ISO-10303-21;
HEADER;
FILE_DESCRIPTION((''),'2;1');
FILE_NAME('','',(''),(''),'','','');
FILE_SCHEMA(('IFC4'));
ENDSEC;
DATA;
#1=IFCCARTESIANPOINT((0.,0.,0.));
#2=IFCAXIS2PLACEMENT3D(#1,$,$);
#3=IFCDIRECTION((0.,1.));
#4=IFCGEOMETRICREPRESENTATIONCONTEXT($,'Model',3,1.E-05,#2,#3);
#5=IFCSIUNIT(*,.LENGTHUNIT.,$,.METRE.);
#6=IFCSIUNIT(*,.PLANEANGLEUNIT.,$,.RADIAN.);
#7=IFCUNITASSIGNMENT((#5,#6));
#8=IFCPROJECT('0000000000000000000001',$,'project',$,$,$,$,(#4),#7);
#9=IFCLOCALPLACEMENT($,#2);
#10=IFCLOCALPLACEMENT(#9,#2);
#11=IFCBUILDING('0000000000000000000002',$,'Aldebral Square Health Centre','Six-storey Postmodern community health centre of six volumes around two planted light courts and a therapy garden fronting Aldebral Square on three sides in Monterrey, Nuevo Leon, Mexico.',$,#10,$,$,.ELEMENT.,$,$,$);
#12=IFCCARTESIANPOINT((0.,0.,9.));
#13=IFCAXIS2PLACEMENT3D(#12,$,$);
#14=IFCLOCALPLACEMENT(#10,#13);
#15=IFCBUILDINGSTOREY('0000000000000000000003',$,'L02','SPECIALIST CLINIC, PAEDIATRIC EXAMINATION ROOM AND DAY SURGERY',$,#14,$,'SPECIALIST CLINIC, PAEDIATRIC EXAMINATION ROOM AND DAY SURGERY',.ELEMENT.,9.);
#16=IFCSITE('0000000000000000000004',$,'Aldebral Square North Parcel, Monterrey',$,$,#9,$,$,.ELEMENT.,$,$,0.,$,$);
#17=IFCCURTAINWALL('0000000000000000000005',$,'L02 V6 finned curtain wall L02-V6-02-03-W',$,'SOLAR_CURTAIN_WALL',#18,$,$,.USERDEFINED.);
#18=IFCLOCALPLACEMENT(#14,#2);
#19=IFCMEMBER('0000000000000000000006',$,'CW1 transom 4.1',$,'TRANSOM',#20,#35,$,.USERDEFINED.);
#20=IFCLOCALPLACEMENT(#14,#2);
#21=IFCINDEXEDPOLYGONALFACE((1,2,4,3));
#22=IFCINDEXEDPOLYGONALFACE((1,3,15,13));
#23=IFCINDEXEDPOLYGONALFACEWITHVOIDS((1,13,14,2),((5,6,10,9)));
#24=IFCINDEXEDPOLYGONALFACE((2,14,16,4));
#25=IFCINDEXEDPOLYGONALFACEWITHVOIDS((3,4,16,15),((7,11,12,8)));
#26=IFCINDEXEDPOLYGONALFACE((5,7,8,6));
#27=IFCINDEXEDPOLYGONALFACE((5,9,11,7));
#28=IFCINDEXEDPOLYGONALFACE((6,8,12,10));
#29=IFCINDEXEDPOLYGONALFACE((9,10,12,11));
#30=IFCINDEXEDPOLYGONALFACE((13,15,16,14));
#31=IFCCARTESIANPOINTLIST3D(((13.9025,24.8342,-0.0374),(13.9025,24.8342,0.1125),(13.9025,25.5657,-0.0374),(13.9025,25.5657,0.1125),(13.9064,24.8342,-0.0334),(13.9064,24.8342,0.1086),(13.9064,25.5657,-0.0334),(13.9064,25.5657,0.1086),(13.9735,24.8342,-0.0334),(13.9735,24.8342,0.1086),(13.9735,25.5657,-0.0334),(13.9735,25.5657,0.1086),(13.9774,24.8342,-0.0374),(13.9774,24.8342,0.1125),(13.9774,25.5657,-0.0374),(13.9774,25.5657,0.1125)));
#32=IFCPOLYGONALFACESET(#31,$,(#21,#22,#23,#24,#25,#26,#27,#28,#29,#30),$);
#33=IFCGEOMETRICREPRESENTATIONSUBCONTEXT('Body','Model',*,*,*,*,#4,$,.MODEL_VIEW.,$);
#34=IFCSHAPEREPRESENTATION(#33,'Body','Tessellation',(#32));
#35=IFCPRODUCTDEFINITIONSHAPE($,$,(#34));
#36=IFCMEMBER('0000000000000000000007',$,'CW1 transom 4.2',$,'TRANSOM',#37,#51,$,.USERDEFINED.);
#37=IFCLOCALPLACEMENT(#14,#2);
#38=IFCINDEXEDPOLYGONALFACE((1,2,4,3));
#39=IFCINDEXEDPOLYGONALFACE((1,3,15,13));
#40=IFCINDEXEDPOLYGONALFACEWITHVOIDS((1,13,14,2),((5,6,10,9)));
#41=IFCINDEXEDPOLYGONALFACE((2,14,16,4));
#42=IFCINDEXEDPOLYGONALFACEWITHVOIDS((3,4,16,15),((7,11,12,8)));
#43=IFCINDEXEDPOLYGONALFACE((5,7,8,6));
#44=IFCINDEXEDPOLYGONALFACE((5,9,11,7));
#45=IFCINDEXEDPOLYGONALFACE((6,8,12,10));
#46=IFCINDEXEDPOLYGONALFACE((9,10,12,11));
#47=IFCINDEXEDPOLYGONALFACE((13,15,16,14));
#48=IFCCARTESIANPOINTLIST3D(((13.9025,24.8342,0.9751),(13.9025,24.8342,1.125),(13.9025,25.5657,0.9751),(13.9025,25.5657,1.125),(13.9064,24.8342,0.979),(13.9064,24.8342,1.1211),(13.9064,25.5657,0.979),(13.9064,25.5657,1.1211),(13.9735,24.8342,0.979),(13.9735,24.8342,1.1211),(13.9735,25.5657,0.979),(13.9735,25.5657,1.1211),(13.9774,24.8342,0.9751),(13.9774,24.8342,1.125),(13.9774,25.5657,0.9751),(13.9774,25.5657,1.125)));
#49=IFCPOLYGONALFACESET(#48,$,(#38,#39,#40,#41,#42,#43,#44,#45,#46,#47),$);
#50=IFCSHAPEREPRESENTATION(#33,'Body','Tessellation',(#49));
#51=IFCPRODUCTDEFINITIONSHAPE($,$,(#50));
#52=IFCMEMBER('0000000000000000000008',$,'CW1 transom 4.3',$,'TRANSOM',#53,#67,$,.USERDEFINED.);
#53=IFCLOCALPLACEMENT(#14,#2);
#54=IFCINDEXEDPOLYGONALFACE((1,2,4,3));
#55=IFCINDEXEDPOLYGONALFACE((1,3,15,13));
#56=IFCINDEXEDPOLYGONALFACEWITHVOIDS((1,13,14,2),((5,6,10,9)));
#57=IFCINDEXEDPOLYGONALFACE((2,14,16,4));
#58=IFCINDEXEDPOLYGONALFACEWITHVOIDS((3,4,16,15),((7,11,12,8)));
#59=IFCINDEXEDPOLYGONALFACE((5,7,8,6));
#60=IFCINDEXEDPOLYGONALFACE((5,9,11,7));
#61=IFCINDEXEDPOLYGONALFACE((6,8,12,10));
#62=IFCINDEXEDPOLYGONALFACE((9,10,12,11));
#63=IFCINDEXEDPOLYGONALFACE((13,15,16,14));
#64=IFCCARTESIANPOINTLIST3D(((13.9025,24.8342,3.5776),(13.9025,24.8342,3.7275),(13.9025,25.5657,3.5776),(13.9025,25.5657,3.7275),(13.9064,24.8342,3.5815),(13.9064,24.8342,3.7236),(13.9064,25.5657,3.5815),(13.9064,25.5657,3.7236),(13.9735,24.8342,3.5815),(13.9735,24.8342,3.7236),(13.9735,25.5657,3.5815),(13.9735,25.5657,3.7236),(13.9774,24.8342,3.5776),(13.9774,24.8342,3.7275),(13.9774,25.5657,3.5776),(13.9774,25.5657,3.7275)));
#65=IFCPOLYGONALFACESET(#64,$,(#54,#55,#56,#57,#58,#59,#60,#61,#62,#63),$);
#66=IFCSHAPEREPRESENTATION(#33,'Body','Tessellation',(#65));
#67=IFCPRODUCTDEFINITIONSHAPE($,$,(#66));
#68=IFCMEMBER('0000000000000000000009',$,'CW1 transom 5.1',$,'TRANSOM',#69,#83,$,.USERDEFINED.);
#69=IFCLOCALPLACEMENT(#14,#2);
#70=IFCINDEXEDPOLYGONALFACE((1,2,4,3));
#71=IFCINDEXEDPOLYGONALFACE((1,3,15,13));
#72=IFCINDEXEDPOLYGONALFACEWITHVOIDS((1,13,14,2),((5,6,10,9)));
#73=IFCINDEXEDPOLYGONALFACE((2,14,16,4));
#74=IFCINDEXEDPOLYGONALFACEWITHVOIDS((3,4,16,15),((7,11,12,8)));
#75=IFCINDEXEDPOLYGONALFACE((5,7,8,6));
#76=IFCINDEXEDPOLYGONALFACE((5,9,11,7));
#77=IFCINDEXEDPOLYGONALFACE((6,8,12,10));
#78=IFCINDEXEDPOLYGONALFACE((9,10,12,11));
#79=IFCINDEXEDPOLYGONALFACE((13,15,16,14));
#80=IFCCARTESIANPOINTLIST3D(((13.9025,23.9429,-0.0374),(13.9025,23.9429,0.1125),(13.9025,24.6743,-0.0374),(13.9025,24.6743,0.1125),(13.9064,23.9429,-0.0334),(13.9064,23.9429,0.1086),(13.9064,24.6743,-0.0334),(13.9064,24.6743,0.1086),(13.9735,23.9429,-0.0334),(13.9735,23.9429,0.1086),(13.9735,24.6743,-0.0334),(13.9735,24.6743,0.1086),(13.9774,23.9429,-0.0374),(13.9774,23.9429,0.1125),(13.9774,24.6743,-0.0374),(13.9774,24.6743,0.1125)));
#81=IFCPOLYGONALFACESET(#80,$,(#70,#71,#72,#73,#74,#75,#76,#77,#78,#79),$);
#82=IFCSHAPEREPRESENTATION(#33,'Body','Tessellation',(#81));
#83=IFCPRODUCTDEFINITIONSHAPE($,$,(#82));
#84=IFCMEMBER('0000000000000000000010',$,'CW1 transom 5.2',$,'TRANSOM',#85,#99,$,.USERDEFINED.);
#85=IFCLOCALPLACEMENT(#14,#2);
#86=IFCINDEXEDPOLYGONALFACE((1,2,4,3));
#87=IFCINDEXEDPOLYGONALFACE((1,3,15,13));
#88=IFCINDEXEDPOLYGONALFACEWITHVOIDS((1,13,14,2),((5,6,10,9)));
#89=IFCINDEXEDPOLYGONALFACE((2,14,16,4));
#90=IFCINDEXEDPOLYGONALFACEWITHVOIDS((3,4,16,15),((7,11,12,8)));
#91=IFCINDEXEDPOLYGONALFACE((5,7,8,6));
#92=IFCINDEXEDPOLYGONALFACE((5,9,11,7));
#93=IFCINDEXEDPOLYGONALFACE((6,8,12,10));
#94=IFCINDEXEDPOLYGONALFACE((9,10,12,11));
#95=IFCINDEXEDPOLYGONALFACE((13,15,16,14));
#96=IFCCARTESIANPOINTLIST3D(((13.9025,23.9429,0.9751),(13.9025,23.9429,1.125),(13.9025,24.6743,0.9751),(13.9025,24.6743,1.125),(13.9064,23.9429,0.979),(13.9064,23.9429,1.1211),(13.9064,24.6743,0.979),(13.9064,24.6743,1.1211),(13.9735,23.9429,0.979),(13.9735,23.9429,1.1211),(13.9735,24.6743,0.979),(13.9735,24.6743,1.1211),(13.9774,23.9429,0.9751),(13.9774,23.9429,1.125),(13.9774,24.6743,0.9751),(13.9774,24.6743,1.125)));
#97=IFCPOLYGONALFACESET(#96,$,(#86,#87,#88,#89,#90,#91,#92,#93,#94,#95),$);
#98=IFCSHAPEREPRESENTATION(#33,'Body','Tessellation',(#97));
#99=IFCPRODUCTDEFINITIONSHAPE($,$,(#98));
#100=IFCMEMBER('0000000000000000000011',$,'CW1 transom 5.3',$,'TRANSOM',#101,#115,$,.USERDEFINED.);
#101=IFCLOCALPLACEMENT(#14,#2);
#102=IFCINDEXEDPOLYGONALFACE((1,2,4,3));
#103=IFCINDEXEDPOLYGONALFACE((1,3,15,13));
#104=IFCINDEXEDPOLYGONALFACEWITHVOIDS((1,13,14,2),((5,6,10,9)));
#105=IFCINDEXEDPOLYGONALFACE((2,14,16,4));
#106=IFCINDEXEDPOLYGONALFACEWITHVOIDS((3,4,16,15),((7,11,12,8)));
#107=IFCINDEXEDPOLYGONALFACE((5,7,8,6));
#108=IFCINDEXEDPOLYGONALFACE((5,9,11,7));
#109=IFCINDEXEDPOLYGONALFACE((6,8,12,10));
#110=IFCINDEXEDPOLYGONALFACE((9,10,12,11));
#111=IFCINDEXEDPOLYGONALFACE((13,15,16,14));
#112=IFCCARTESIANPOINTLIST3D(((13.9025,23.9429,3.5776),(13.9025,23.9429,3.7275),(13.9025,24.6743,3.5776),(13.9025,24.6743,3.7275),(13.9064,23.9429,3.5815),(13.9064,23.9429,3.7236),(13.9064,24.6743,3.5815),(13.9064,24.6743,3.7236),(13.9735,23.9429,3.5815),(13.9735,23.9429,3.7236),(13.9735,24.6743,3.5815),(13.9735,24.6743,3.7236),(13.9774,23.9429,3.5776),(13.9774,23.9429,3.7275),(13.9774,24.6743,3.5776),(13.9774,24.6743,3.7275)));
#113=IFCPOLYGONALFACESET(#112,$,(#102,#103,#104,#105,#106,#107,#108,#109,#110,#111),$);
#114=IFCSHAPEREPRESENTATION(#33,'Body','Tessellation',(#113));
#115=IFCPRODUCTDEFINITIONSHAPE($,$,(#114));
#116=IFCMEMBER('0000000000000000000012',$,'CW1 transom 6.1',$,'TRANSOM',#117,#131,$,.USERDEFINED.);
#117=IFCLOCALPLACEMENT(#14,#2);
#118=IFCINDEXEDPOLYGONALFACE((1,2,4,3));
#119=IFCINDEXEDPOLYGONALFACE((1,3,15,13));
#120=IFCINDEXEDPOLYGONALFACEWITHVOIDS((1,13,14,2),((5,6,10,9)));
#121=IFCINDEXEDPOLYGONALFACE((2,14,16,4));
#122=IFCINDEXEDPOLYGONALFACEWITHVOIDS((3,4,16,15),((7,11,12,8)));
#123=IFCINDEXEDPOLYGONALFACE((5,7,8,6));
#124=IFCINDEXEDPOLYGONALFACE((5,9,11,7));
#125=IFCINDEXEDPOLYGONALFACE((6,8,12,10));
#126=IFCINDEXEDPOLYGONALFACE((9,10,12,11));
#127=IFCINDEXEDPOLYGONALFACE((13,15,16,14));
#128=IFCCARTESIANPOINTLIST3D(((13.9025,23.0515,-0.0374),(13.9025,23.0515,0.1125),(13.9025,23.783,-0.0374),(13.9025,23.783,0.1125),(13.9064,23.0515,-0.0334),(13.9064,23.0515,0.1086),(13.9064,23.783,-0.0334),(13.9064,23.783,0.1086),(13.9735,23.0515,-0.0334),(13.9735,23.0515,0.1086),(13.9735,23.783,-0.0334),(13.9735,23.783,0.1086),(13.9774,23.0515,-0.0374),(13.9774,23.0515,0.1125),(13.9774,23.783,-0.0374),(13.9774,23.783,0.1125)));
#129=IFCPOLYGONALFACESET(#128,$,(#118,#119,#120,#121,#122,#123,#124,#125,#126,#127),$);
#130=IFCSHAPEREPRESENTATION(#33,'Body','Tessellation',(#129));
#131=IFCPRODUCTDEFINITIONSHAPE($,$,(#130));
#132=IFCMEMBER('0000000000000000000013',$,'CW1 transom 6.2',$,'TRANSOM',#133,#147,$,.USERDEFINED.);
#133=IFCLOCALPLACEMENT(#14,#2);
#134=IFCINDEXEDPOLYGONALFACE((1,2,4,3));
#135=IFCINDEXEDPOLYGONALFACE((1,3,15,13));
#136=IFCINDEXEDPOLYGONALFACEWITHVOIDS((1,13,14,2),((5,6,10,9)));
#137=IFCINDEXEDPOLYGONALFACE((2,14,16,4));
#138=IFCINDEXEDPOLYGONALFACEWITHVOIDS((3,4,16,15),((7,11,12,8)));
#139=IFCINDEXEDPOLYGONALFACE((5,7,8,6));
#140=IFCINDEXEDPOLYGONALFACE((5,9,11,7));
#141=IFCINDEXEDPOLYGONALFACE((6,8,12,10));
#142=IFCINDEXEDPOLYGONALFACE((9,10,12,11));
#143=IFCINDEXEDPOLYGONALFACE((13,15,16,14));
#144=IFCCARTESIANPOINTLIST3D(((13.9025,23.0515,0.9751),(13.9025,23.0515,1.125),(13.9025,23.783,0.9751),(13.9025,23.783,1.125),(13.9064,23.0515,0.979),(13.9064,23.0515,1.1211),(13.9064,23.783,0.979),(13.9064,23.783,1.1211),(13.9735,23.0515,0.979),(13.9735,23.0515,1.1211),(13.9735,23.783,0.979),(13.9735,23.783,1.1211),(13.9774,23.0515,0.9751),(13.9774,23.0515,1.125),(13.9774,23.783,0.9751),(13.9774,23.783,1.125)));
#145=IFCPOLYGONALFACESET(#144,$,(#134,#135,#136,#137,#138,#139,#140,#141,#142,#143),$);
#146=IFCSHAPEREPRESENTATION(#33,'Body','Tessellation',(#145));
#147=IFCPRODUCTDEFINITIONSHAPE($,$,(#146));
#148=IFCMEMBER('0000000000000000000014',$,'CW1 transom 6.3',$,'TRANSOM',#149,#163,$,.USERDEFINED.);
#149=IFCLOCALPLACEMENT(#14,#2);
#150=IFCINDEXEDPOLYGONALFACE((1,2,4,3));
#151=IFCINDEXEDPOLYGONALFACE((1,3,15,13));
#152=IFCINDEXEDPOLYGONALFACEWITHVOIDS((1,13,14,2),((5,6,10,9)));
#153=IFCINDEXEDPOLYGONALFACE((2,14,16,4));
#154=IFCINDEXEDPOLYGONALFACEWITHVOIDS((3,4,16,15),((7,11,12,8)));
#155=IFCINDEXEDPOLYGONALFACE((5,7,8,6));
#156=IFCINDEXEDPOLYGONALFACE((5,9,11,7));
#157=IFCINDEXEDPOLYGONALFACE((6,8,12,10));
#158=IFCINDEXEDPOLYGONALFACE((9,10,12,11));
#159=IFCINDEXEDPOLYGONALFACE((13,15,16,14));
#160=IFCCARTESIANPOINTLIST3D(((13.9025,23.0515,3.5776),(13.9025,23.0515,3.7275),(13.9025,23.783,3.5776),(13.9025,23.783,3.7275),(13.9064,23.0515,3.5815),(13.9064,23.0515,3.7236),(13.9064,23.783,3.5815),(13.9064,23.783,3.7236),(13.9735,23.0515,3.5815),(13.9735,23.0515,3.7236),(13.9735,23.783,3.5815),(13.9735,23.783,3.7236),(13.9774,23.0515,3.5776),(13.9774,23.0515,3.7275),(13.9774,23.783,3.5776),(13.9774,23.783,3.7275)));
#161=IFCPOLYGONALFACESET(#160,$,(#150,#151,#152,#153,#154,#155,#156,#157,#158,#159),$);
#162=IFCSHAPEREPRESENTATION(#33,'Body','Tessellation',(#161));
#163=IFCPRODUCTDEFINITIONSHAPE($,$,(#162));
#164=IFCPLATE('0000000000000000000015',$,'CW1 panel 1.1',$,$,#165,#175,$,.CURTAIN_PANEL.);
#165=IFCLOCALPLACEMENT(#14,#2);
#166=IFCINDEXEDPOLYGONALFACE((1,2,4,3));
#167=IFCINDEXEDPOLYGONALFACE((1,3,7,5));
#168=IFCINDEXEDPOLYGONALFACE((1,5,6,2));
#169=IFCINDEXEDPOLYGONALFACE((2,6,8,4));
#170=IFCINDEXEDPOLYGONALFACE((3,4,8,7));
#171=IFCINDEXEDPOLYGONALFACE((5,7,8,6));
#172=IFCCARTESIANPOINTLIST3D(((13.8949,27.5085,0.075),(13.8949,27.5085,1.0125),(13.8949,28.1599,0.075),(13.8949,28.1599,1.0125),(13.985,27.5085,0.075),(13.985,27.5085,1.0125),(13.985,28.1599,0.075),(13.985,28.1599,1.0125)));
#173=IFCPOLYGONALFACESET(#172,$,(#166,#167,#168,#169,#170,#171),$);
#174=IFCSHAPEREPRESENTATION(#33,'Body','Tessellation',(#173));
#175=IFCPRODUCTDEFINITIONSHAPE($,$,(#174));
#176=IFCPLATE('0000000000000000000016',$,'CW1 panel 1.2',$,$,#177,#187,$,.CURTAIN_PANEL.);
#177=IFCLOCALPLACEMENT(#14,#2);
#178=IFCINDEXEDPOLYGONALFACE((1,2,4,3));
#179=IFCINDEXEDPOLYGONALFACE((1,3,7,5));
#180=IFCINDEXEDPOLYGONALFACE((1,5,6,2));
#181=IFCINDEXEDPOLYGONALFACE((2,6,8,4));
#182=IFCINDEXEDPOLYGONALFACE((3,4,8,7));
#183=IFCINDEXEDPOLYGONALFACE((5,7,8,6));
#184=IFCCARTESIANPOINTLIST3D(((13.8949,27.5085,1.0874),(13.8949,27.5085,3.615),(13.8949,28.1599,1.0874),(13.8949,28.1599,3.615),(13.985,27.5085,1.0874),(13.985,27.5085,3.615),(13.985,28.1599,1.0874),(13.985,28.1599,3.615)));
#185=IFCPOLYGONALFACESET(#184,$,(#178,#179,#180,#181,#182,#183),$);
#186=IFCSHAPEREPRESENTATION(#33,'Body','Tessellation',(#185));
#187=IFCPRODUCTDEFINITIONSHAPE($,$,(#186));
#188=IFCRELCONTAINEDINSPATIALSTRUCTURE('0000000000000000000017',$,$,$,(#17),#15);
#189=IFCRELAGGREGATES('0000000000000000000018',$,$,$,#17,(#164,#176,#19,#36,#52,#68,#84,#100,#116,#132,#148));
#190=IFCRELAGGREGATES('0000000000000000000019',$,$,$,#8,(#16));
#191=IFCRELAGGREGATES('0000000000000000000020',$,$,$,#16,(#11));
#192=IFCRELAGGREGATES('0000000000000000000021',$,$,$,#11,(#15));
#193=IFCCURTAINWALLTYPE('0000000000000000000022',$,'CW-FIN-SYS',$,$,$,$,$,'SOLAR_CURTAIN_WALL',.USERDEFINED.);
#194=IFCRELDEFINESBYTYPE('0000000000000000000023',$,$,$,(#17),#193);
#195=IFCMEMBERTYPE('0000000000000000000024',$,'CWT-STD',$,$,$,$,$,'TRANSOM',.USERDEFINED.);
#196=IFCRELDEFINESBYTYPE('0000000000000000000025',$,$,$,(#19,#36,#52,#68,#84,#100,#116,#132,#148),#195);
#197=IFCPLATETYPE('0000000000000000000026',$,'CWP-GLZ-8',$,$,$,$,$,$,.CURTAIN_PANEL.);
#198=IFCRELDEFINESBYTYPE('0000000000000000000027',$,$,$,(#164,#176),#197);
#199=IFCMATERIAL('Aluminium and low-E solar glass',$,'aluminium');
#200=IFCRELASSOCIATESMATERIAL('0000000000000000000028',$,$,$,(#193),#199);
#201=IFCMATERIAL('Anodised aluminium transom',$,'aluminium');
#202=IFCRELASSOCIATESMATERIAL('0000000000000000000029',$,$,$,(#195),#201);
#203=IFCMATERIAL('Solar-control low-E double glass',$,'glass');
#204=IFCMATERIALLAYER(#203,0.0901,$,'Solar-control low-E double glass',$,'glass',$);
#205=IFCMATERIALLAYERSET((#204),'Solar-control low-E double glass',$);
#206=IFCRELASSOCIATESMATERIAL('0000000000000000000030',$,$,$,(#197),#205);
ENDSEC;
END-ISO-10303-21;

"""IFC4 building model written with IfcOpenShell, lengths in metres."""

from ifc_helpers import new_model, si_unit, direction, frame, origin, origin_2d, place, context, subcontext, project, spatial, rectangle, hollow_rectangle, extrude, material, layer, layer_set, material_profile, profile_set, type_object, element, aggregate, save


model = new_model("IFC4")

# Units and contexts
model_context = context("Model", 3, precision=1e-05, world=origin(), true_north=direction((0.0, 1.0)))
body_context = subcontext(model_context, "Body", "Model", "MODEL_VIEW")
ifc_project = project(units=[si_unit("LENGTHUNIT", "METRE"), si_unit("PLANEANGLEUNIT", "RADIAN")], contexts=[model_context])

# Site, building, storey
site_placement = place(None, origin())
site = spatial("IfcSite", under=ifc_project, at=site_placement, Name="Aldebral Square North Parcel, Monterrey", CompositionType="ELEMENT", RefElevation=0.0)
building_placement = place(site_placement, origin())
building = spatial("IfcBuilding", under=site, at=building_placement, Name="Aldebral Square Health Centre", Description="Six-storey Postmodern community health centre of six volumes around two planted light courts and a therapy garden fronting Aldebral Square on three sides in Monterrey, Nuevo Leon, Mexico.", CompositionType="ELEMENT")
storey_placement = place(building_placement, frame((0.0, 0.0, 9.0)))
storey = spatial("IfcBuildingStorey", under=building, at=storey_placement, Name="L02", Description="SPECIALIST CLINIC, PAEDIATRIC EXAMINATION ROOM AND DAY SURGERY", LongName="SPECIALIST CLINIC, PAEDIATRIC EXAMINATION ROOM AND DAY SURGERY", CompositionType="ELEMENT", Elevation=9.0)

# Curtain wall, members, plates
ifc_material_1 = material(Name="Aluminium and low-E solar glass", Category="aluminium")
curtain_wall_type = type_object("IfcCurtainWallType", Name="CW-FIN-SYS", ElementType="SOLAR_CURTAIN_WALL", PredefinedType="USERDEFINED", material=ifc_material_1)
curtain_wall_placement = place(storey_placement, origin())
curtain_wall = element("IfcCurtainWall", 1, at=curtain_wall_placement, inside=storey, type_object=curtain_wall_type, Name="L02 V6 finned curtain wall L02-V6-02-03-W", ObjectType="SOLAR_CURTAIN_WALL", PredefinedType="USERDEFINED")
ifc_material_2 = material(Name="Anodised aluminium transom", Category="aluminium")
ifc_material_profile_1 = material_profile(ifc_material_2, hollow_rectangle(XDim=0.075, YDim=0.1499, WallThickness=0.0039, at=origin_2d()), Name="CWT 75x150x4")
ifc_profile_set_1 = profile_set([ifc_material_profile_1], Name="Anodised aluminium transom")
member_type_1 = type_object("IfcMemberType", Name="CWT-STD", ElementType="TRANSOM", PredefinedType="USERDEFINED", material=ifc_profile_set_1)
member_1_placement = place(storey_placement, frame((13.9399, 25.5657, 0.0376), z_axis=(0.0, -1.0, 0.0), x_axis=(1.0, 0.0, 0.0)))
member_1 = element("IfcMember", 2, at=member_1_placement, type_object=member_type_1, Name="CW1 transom 4.1", ObjectType="TRANSOM", PredefinedType="USERDEFINED", context=body_context, shape_type="SweptSolid", body=[
    extrude(hollow_rectangle(XDim=0.075, YDim=0.1499, WallThickness=0.0039, at=origin_2d()), origin(), (0.0, 0.0, 1.0), 0.7314),
])
member_2_placement = place(storey_placement, frame((13.9399, 25.5657, 1.05), z_axis=(0.0, -1.0, 0.0), x_axis=(1.0, 0.0, 0.0)))
member_2 = element("IfcMember", 3, at=member_2_placement, type_object=member_type_1, Name="CW1 transom 4.2", ObjectType="TRANSOM", PredefinedType="USERDEFINED", context=body_context, shape_type="SweptSolid", body=[
    extrude(hollow_rectangle(XDim=0.075, YDim=0.1499, WallThickness=0.0039, at=origin_2d()), origin(), (0.0, 0.0, 1.0), 0.7314),
])
member_3_placement = place(storey_placement, frame((13.9399, 25.5657, 3.6526), z_axis=(0.0, -1.0, 0.0), x_axis=(1.0, 0.0, 0.0)))
member_3 = element("IfcMember", 4, at=member_3_placement, type_object=member_type_1, Name="CW1 transom 4.3", ObjectType="TRANSOM", PredefinedType="USERDEFINED", context=body_context, shape_type="SweptSolid", body=[
    extrude(hollow_rectangle(XDim=0.075, YDim=0.1499, WallThickness=0.0039, at=origin_2d()), origin(), (0.0, 0.0, 1.0), 0.7314),
])
member_4_placement = place(storey_placement, frame((13.9399, 24.6743, 0.0376), z_axis=(0.0, -1.0, 0.0), x_axis=(1.0, 0.0, 0.0)))
member_4 = element("IfcMember", 5, at=member_4_placement, type_object=member_type_1, Name="CW1 transom 5.1", ObjectType="TRANSOM", PredefinedType="USERDEFINED", context=body_context, shape_type="SweptSolid", body=[
    extrude(hollow_rectangle(XDim=0.075, YDim=0.1499, WallThickness=0.0039, at=origin_2d()), origin(), (0.0, 0.0, 1.0), 0.7314),
])
member_5_placement = place(storey_placement, frame((13.9399, 24.6743, 1.05), z_axis=(0.0, -1.0, 0.0), x_axis=(1.0, 0.0, 0.0)))
member_5 = element("IfcMember", 6, at=member_5_placement, type_object=member_type_1, Name="CW1 transom 5.2", ObjectType="TRANSOM", PredefinedType="USERDEFINED", context=body_context, shape_type="SweptSolid", body=[
    extrude(hollow_rectangle(XDim=0.075, YDim=0.1499, WallThickness=0.0039, at=origin_2d()), origin(), (0.0, 0.0, 1.0), 0.7314),
])
member_6_placement = place(storey_placement, frame((13.9399, 24.6743, 3.6526), z_axis=(0.0, -1.0, 0.0), x_axis=(1.0, 0.0, 0.0)))
member_6 = element("IfcMember", 7, at=member_6_placement, type_object=member_type_1, Name="CW1 transom 5.3", ObjectType="TRANSOM", PredefinedType="USERDEFINED", context=body_context, shape_type="SweptSolid", body=[
    extrude(hollow_rectangle(XDim=0.075, YDim=0.1499, WallThickness=0.0039, at=origin_2d()), origin(), (0.0, 0.0, 1.0), 0.7314),
])
member_7_placement = place(storey_placement, frame((13.9399, 23.783, 0.0376), z_axis=(0.0, -1.0, 0.0), x_axis=(1.0, 0.0, 0.0)))
member_7 = element("IfcMember", 8, at=member_7_placement, type_object=member_type_1, Name="CW1 transom 6.1", ObjectType="TRANSOM", PredefinedType="USERDEFINED", context=body_context, shape_type="SweptSolid", body=[
    extrude(hollow_rectangle(XDim=0.075, YDim=0.1499, WallThickness=0.0039, at=origin_2d()), origin(), (0.0, 0.0, 1.0), 0.7314),
])
member_8_placement = place(storey_placement, frame((13.9399, 23.783, 1.05), z_axis=(0.0, -1.0, 0.0), x_axis=(1.0, 0.0, 0.0)))
member_8 = element("IfcMember", 9, at=member_8_placement, type_object=member_type_1, Name="CW1 transom 6.2", ObjectType="TRANSOM", PredefinedType="USERDEFINED", context=body_context, shape_type="SweptSolid", body=[
    extrude(hollow_rectangle(XDim=0.075, YDim=0.1499, WallThickness=0.0039, at=origin_2d()), origin(), (0.0, 0.0, 1.0), 0.7314),
])
member_9_placement = place(storey_placement, frame((13.9399, 23.783, 3.6526), z_axis=(0.0, -1.0, 0.0), x_axis=(1.0, 0.0, 0.0)))
member_9 = element("IfcMember", 10, at=member_9_placement, type_object=member_type_1, Name="CW1 transom 6.3", ObjectType="TRANSOM", PredefinedType="USERDEFINED", context=body_context, shape_type="SweptSolid", body=[
    extrude(hollow_rectangle(XDim=0.075, YDim=0.1499, WallThickness=0.0039, at=origin_2d()), origin(), (0.0, 0.0, 1.0), 0.7314),
])
ifc_material_3 = material(Name="Solar-control low-E double glass", Category="glass")
ifc_layer = layer(ifc_material_3, 0.0901, Name="Solar-control low-E double glass", Category="glass")
ifc_layer_set = layer_set([ifc_layer], Name="Solar-control low-E double glass")
plate_type = type_object("IfcPlateType", Name="CWP-GLZ-8", PredefinedType="CURTAIN_PANEL", material=ifc_layer_set)
plate_1_placement = place(storey_placement, frame((13.9399, 27.8342, 0.075), z_axis=(0.0, 0.0, 1.0), x_axis=(0.0, -1.0, 0.0)))
plate_1 = element("IfcPlate", 11, at=plate_1_placement, type_object=plate_type, Name="CW1 panel 1.1", PredefinedType="CURTAIN_PANEL", context=body_context, shape_type="SweptSolid", body=[
    extrude(rectangle(XDim=0.6514, YDim=0.0901, at=origin_2d()), origin(), (0.0, 0.0, 1.0), 0.9375),
])
plate_2_placement = place(storey_placement, frame((13.9399, 27.8342, 1.0874), z_axis=(0.0, 0.0, 1.0), x_axis=(0.0, -1.0, 0.0)))
plate_2 = element("IfcPlate", 12, at=plate_2_placement, type_object=plate_type, Name="CW1 panel 1.2", PredefinedType="CURTAIN_PANEL", context=body_context, shape_type="SweptSolid", body=[
    extrude(rectangle(XDim=0.6514, YDim=0.0901, at=origin_2d()), origin(), (0.0, 0.0, 1.0), 2.5276),
])
aggregate(curtain_wall, [plate_1, plate_2, member_1, member_2, member_3, member_4, member_5, member_6, member_7, member_8, member_9])

save(model, "model.ifc")
